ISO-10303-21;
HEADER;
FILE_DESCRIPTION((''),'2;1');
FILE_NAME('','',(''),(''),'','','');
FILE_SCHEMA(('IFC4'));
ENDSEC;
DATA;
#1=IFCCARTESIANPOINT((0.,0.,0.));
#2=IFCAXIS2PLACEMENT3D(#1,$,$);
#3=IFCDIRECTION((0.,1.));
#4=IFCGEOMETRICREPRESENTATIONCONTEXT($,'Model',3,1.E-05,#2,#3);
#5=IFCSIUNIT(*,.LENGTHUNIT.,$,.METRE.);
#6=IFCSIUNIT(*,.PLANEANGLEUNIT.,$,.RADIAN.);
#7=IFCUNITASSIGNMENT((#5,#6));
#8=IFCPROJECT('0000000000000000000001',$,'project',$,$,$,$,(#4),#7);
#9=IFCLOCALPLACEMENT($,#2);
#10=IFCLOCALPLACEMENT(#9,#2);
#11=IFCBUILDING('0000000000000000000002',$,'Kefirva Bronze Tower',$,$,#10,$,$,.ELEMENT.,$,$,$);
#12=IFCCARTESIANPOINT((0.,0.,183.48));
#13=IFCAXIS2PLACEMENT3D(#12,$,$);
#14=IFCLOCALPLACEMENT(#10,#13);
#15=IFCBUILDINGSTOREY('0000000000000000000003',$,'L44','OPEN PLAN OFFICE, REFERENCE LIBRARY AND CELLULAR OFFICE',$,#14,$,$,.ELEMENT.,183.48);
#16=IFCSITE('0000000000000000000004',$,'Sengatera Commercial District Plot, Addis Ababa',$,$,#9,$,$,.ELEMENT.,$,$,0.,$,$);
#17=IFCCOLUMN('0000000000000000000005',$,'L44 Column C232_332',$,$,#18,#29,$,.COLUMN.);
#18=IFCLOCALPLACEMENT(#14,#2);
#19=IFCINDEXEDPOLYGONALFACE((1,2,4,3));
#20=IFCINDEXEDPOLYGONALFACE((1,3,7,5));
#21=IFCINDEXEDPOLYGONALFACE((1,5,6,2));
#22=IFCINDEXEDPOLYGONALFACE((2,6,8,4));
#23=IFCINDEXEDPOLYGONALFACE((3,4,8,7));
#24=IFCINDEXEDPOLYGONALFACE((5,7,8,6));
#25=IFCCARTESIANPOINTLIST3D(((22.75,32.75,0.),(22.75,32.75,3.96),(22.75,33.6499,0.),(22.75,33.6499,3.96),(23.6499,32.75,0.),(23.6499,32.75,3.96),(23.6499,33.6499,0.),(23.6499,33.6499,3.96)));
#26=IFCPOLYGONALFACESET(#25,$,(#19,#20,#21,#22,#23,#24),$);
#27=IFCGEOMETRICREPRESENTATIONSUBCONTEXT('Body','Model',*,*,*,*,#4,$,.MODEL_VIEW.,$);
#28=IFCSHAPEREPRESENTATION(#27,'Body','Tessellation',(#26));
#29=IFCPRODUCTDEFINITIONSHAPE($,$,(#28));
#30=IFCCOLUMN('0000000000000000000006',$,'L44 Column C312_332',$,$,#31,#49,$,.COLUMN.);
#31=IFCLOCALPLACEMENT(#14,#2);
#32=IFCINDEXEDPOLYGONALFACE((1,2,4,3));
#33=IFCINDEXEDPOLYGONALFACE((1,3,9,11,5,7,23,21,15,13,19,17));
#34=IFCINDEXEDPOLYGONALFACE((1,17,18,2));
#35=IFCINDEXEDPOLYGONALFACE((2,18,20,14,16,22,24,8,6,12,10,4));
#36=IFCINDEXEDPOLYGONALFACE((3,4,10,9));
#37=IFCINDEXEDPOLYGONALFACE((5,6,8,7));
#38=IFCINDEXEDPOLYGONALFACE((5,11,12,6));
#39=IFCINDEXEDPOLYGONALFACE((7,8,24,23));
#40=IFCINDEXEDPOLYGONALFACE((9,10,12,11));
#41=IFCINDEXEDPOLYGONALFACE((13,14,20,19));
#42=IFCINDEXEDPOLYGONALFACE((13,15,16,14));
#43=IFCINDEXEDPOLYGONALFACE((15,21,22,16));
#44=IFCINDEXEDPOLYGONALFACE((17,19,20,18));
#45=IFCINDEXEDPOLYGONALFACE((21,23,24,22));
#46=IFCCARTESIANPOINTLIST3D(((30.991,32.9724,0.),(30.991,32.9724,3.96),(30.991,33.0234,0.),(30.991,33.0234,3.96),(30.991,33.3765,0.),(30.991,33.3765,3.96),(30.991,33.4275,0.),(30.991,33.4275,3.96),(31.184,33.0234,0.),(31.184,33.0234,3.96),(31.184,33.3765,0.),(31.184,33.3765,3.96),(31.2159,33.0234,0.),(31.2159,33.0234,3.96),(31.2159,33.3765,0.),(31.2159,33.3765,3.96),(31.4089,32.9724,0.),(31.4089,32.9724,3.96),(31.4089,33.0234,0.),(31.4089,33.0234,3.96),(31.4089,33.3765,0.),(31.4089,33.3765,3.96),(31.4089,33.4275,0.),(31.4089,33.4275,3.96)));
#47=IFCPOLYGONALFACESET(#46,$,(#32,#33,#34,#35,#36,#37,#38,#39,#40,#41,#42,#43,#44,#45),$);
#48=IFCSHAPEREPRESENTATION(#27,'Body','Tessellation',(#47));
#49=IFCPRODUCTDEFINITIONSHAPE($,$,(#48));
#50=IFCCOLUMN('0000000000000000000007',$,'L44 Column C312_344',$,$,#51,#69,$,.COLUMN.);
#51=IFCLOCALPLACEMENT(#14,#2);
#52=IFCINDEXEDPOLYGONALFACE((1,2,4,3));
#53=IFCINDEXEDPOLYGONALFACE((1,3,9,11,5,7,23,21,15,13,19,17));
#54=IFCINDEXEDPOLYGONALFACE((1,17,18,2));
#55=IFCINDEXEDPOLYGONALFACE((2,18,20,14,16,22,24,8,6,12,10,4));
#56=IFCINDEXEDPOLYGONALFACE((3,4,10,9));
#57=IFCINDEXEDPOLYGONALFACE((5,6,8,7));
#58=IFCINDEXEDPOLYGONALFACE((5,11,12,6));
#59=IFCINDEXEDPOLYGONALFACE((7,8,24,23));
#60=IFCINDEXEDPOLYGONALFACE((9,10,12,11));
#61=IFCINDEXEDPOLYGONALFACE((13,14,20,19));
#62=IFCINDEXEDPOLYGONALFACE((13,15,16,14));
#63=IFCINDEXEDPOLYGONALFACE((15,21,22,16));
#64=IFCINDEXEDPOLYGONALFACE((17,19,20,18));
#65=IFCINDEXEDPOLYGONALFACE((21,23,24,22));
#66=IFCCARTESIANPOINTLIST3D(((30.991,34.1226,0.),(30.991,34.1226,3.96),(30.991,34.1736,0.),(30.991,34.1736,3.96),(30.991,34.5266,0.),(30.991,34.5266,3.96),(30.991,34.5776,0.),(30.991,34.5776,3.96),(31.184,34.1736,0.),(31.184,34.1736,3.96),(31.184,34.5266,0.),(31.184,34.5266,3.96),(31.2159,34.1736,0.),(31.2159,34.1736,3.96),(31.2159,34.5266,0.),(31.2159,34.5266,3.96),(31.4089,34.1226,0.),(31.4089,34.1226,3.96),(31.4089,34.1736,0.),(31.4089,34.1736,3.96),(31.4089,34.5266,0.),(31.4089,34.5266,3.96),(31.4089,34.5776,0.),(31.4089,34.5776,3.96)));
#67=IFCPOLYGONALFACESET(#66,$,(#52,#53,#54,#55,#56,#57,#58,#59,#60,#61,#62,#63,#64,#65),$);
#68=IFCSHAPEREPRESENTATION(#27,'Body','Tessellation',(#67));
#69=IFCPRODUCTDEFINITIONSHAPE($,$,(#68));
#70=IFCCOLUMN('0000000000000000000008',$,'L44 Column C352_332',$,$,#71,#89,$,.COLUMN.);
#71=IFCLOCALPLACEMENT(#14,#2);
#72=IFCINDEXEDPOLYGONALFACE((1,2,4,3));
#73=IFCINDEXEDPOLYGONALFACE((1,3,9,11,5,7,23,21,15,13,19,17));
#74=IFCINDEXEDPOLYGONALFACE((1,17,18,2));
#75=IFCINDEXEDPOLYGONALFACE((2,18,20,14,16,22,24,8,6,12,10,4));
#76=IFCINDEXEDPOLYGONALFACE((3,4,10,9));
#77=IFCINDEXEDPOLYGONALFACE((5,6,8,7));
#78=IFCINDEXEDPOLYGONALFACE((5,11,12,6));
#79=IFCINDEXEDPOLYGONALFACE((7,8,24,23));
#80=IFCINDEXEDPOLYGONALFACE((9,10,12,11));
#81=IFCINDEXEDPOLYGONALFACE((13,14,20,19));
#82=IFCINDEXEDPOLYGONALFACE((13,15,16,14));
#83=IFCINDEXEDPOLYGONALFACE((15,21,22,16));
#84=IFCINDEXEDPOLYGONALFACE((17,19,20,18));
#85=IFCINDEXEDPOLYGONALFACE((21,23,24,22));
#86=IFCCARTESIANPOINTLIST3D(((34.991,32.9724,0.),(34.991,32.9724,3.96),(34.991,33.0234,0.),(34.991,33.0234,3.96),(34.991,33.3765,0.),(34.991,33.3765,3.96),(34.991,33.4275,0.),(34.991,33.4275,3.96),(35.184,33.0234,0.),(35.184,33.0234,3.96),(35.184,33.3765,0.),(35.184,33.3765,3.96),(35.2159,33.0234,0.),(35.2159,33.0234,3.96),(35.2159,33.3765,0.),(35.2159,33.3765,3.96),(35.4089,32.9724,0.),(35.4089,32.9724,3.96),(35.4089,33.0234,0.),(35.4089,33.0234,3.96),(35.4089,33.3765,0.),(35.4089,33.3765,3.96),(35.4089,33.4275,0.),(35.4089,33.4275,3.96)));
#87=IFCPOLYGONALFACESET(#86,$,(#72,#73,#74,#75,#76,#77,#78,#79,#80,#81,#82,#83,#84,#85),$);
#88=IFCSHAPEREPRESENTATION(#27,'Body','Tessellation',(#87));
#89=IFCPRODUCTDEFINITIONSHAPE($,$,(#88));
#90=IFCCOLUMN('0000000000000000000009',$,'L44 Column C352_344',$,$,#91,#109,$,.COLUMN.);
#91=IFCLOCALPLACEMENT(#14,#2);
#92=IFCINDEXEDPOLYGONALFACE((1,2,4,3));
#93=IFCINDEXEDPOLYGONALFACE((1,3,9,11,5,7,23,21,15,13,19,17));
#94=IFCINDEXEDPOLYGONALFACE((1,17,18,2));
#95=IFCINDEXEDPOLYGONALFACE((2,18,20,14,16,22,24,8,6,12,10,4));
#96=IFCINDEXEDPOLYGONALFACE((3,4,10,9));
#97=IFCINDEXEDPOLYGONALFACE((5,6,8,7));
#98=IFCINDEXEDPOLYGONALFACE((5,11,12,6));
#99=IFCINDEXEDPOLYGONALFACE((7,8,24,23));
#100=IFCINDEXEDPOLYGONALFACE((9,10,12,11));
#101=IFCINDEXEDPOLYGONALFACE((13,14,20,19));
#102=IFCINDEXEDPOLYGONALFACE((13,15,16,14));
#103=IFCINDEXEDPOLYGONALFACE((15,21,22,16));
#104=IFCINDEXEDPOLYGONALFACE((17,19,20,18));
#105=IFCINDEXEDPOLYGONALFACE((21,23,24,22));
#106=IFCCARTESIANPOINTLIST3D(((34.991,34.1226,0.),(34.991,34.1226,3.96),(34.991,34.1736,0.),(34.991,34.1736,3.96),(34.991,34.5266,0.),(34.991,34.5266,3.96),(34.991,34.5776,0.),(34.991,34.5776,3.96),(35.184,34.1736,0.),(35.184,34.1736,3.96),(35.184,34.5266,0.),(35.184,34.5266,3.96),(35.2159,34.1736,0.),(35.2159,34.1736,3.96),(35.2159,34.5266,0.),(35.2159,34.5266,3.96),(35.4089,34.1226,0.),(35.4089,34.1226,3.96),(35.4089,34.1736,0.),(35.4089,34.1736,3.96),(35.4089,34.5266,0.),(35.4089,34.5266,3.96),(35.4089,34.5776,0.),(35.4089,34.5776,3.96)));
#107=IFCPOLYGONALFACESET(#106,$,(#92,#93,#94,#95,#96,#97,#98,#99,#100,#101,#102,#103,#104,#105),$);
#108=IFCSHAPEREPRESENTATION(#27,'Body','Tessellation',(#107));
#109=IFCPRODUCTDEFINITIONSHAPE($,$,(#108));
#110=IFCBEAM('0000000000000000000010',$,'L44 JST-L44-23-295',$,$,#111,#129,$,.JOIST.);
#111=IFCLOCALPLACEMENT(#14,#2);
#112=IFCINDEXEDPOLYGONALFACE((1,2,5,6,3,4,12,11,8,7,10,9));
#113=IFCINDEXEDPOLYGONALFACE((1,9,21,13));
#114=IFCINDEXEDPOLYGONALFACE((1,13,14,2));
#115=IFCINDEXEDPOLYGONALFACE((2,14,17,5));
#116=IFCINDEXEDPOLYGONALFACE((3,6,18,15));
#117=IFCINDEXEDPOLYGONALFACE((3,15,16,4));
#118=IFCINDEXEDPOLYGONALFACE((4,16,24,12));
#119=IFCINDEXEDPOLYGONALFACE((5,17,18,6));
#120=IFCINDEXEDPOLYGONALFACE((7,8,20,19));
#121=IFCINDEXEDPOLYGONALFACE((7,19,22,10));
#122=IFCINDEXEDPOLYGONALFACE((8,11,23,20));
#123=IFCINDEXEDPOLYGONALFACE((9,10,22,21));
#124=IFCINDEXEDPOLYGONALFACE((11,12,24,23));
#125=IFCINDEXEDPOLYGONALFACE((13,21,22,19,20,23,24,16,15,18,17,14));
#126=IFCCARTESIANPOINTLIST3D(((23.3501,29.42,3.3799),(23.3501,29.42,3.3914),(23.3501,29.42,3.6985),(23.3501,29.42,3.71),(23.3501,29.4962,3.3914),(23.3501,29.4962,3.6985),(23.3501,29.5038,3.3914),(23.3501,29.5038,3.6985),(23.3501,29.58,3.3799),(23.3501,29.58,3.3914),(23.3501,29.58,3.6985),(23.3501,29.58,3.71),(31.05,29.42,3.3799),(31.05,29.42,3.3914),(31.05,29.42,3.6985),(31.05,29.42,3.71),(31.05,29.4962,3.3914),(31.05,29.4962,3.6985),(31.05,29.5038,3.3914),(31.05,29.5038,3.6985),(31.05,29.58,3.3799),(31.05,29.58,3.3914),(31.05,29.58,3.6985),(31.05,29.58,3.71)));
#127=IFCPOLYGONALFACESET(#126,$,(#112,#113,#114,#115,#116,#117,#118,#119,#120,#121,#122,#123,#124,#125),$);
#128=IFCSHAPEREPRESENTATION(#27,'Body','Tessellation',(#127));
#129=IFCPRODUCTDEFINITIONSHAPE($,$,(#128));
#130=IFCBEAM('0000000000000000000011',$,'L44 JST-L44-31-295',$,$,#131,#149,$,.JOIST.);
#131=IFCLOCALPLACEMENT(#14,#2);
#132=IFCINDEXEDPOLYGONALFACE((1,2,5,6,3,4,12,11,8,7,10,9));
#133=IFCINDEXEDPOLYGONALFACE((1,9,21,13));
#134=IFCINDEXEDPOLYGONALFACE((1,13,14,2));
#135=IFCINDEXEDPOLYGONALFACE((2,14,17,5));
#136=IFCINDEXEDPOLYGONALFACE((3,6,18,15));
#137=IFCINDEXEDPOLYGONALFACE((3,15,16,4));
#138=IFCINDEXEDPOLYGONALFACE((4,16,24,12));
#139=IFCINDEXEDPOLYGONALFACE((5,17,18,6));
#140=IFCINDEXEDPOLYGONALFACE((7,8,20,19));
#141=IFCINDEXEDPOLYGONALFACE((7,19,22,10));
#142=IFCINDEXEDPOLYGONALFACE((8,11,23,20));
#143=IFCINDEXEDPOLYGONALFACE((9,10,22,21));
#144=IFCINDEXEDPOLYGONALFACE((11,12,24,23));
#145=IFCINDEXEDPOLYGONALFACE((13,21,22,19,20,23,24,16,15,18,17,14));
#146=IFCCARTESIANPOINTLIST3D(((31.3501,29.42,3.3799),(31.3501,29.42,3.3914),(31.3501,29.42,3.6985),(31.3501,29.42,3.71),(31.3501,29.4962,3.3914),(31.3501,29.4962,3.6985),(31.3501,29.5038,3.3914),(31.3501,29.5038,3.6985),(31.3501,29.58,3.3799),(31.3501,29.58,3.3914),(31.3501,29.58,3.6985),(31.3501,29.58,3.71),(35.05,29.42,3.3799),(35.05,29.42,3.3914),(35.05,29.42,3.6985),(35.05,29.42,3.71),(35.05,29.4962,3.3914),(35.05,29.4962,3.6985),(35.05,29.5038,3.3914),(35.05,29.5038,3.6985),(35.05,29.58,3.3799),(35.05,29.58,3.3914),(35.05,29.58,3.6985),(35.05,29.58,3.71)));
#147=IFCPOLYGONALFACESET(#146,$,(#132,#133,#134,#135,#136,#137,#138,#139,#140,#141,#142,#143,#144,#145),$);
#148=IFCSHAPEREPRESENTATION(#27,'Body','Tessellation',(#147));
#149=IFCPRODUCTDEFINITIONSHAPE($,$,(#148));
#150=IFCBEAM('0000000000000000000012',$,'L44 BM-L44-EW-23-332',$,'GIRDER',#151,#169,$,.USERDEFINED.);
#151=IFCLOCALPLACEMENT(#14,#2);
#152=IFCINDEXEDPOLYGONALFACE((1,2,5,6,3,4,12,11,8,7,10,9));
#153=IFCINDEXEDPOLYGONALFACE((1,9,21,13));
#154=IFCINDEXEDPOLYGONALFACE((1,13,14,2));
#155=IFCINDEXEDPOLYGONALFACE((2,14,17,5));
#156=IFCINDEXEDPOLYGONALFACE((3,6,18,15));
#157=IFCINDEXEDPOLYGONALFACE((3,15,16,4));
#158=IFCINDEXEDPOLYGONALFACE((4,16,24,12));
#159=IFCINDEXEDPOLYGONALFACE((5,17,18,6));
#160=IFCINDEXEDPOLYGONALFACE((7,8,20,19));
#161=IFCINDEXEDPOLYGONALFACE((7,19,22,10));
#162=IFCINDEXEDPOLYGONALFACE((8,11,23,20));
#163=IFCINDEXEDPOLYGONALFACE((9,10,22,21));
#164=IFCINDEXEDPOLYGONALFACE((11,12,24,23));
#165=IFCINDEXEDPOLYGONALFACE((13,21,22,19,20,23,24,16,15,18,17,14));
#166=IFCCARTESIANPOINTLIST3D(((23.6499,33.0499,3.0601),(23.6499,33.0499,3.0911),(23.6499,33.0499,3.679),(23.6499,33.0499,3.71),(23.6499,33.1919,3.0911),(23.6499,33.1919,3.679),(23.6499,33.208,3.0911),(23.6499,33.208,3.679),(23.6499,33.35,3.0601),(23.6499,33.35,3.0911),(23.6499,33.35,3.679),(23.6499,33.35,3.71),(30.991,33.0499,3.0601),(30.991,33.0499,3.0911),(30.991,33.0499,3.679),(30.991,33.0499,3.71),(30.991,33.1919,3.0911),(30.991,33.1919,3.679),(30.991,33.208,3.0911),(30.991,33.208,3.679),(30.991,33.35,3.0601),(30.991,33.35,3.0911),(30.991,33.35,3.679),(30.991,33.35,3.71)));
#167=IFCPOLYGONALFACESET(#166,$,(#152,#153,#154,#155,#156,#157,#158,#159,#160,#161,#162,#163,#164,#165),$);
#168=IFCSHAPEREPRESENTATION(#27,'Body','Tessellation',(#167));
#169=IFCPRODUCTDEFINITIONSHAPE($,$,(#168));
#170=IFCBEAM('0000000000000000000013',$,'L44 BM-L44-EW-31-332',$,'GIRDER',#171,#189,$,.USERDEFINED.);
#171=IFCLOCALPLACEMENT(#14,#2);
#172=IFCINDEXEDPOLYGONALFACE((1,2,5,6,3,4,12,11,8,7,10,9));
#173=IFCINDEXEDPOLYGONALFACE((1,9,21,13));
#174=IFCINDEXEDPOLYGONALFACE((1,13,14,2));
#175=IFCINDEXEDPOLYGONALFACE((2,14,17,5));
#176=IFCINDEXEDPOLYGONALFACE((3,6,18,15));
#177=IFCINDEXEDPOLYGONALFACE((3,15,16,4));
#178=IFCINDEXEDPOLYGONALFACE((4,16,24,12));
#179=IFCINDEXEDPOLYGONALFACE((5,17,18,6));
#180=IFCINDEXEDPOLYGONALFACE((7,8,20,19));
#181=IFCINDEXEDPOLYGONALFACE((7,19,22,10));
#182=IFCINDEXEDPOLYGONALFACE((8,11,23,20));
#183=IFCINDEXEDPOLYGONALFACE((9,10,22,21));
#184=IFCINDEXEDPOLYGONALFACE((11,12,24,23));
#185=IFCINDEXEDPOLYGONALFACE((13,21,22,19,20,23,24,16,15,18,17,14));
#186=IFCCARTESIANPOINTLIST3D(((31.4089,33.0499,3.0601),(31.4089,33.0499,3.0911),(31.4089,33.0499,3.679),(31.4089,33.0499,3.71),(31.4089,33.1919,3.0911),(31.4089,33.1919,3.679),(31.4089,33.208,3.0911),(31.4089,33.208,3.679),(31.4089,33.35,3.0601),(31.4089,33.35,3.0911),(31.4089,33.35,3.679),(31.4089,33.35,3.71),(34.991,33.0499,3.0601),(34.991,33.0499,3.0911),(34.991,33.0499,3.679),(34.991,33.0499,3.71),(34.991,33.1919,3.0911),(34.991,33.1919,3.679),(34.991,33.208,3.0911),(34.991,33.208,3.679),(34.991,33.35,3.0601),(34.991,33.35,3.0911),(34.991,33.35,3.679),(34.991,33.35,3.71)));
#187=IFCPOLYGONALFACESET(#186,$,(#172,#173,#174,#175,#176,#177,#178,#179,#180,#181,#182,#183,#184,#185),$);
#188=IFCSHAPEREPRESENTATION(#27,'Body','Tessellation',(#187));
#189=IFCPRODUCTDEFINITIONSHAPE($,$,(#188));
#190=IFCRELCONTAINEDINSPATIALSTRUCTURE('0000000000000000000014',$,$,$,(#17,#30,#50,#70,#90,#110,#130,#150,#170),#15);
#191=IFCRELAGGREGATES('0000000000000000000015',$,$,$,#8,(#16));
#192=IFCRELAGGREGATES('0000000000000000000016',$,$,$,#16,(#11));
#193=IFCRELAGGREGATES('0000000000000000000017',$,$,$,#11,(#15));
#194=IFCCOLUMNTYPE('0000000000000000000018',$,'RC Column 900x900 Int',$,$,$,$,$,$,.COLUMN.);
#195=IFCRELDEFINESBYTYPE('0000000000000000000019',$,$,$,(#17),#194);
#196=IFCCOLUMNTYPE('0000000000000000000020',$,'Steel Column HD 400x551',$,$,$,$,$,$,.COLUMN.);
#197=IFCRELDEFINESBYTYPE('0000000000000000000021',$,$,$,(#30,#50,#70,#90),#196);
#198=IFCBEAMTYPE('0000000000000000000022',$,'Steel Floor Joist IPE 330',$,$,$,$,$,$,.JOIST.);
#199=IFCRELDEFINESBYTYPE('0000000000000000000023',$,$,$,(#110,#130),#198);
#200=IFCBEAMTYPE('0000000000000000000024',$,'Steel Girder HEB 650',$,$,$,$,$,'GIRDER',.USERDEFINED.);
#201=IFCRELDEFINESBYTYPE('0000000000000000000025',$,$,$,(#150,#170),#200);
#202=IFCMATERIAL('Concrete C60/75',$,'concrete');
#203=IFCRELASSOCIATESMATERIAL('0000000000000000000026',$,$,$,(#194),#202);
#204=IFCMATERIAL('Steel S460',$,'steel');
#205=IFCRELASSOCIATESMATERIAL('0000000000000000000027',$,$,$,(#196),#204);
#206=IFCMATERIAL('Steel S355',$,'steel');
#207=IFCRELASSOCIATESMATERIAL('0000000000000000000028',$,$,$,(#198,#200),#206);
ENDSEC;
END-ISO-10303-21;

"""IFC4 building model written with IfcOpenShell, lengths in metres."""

from ifc_helpers import new_model, si_unit, direction, frame, origin, origin_2d, place, context, subcontext, project, spatial, rectangle, i_section, extrude, material, material_profile, profile_set, type_object, element, save


model = new_model("IFC4")

# Units and contexts
model_context = context("Model", 3, precision=1e-05, world=origin(), true_north=direction((0.0, 1.0)))
body_context = subcontext(model_context, "Body", "Model", "MODEL_VIEW")
ifc_project = project(units=[si_unit("LENGTHUNIT", "METRE"), si_unit("PLANEANGLEUNIT", "RADIAN")], contexts=[model_context])

# Site, building, storey
site_placement = place(None, origin())
site = spatial("IfcSite", under=ifc_project, at=site_placement, Name="Sengatera Commercial District Plot, Addis Ababa", CompositionType="ELEMENT", RefElevation=0.0)
building_placement = place(site_placement, origin())
building = spatial("IfcBuilding", under=site, at=building_placement, Name="Kefirva Bronze Tower", CompositionType="ELEMENT")
storey_placement = place(building_placement, frame((0.0, 0.0, 183.48)))
storey = spatial("IfcBuildingStorey", under=building, at=storey_placement, Name="L44", Description="OPEN PLAN OFFICE, REFERENCE LIBRARY AND CELLULAR OFFICE", CompositionType="ELEMENT", Elevation=183.48)

# Columns
ifc_material_1 = material(Name="Concrete C60/75", Category="concrete")
ifc_material_profile_1 = material_profile(ifc_material_1, rectangle(XDim=0.8999, YDim=0.8999, at=origin_2d()), Name="RC 900x900")
ifc_profile_set_1 = profile_set([ifc_material_profile_1], Name="Concrete C60/75")
column_type_1 = type_object("IfcColumnType", Name="RC Column 900x900 Int", PredefinedType="COLUMN", material=ifc_profile_set_1)
column_placement = place(storey_placement, frame((23.2, 33.2, 0.0), z_axis=(0.0, 0.0, 1.0), x_axis=(1.0, 0.0, 0.0)))
element("IfcColumn", 1, at=column_placement, inside=storey, type_object=column_type_1, Name="L44 Column C232_332", PredefinedType="COLUMN", context=body_context, shape_type="SweptSolid", body=[
    extrude(rectangle(XDim=0.8999, YDim=0.8999, at=origin_2d()), origin(), (0.0, 0.0, 1.0), 3.96),
])
ifc_material_2 = material(Name="Steel S460", Category="steel")
ifc_material_profile_2 = material_profile(ifc_material_2, i_section(OverallWidth=0.418, OverallDepth=0.4551, WebThickness=0.032, FlangeThickness=0.051, at=origin_2d()), Name="HD 400x551")
ifc_profile_set_2 = profile_set([ifc_material_profile_2], Name="Steel S460")
column_type_2 = type_object("IfcColumnType", Name="Steel Column HD 400x551", PredefinedType="COLUMN", material=ifc_profile_set_2)
for number, where, z_axis, x_axis, name in (
    (2, (31.2, 33.2, 0.0), (0.0, 0.0, 1.0), (1.0, 0.0, 0.0), "L44 Column C312_332"),
    (3, (31.2, 34.3501, 0.0), (0.0, 0.0, 1.0), (1.0, 0.0, 0.0), "L44 Column C312_344"),
    (4, (35.2, 33.2, 0.0), (0.0, 0.0, 1.0), (1.0, 0.0, 0.0), "L44 Column C352_332"),
    (5, (35.2, 34.3501, 0.0), (0.0, 0.0, 1.0), (1.0, 0.0, 0.0), "L44 Column C352_344"),
):
    element("IfcColumn", number, at=place(storey_placement, frame(where, z_axis=z_axis, x_axis=x_axis)), inside=storey, type_object=column_type_2, Name=name, PredefinedType="COLUMN", context=body_context, shape_type="SweptSolid", body=[
        extrude(i_section(OverallWidth=0.418, OverallDepth=0.4551, WebThickness=0.032, FlangeThickness=0.051, at=origin_2d()), origin(), (0.0, 0.0, 1.0), 3.96),
    ])

# Beams
ifc_material_3 = material(Name="Steel S355", Category="steel")
ifc_material_profile_3 = material_profile(ifc_material_3, i_section(OverallWidth=0.1599, OverallDepth=0.3301, WebThickness=0.0076, FlangeThickness=0.0115, at=origin_2d()), Name="IPE 330")
ifc_profile_set_3 = profile_set([ifc_material_profile_3], Name="Steel S355")
beam_type_1 = type_object("IfcBeamType", Name="Steel Floor Joist IPE 330", PredefinedType="JOIST", material=ifc_profile_set_3)
beam_1_placement = place(storey_placement, frame((23.3501, 29.5, 3.5449), z_axis=(1.0, 0.0, 0.0), x_axis=(0.0, 1.0, 0.0)))
element("IfcBeam", 6, at=beam_1_placement, inside=storey, type_object=beam_type_1, Name="L44 JST-L44-23-295", PredefinedType="JOIST", context=body_context, shape_type="SweptSolid", body=[
    extrude(i_section(OverallWidth=0.1599, OverallDepth=0.3301, WebThickness=0.0076, FlangeThickness=0.0115, at=origin_2d()), origin(), (0.0, 0.0, 1.0), 7.7),
])
beam_2_placement = place(storey_placement, frame((31.3501, 29.5, 3.5449), z_axis=(1.0, 0.0, 0.0), x_axis=(0.0, 1.0, 0.0)))
element("IfcBeam", 7, at=beam_2_placement, inside=storey, type_object=beam_type_1, Name="L44 JST-L44-31-295", PredefinedType="JOIST", context=body_context, shape_type="SweptSolid", body=[
    extrude(i_section(OverallWidth=0.1599, OverallDepth=0.3301, WebThickness=0.0076, FlangeThickness=0.0115, at=origin_2d()), origin(), (0.0, 0.0, 1.0), 3.7),
])
ifc_material_profile_4 = material_profile(ifc_material_3, i_section(OverallWidth=0.3, OverallDepth=0.6499, WebThickness=0.0161, FlangeThickness=0.031, at=origin_2d()), Name="HEB 650")
ifc_profile_set_4 = profile_set([ifc_material_profile_4], Name="Steel S355")
beam_type_2 = type_object("IfcBeamType", Name="Steel Girder HEB 650", ElementType="GIRDER", PredefinedType="USERDEFINED", material=ifc_profile_set_4)
beam_3_placement = place(storey_placement, frame((23.6499, 33.2, 3.385), z_axis=(1.0, 0.0, 0.0), x_axis=(0.0, 1.0, 0.0)))
element("IfcBeam", 8, at=beam_3_placement, inside=storey, type_object=beam_type_2, Name="L44 BM-L44-EW-23-332", ObjectType="GIRDER", PredefinedType="USERDEFINED", context=body_context, shape_type="SweptSolid", body=[
    extrude(i_section(OverallWidth=0.3, OverallDepth=0.6499, WebThickness=0.0161, FlangeThickness=0.031, at=origin_2d()), origin(), (0.0, 0.0, 1.0), 7.3411),
])
for number, where, z_axis, x_axis, name in (
    (9, (31.4089, 33.2, 3.385), (1.0, 0.0, 0.0), (0.0, 1.0, 0.0), "L44 BM-L44-EW-31-332"),
):
    element("IfcBeam", number, at=place(storey_placement, frame(where, z_axis=z_axis, x_axis=x_axis)), inside=storey, type_object=beam_type_2, Name=name, ObjectType="GIRDER", PredefinedType="USERDEFINED", context=body_context, shape_type="SweptSolid", body=[
        extrude(i_section(OverallWidth=0.3, OverallDepth=0.6499, WebThickness=0.0161, FlangeThickness=0.031, at=origin_2d()), origin(), (0.0, 0.0, 1.0), 3.582),
    ])

save(model, "model.ifc")
